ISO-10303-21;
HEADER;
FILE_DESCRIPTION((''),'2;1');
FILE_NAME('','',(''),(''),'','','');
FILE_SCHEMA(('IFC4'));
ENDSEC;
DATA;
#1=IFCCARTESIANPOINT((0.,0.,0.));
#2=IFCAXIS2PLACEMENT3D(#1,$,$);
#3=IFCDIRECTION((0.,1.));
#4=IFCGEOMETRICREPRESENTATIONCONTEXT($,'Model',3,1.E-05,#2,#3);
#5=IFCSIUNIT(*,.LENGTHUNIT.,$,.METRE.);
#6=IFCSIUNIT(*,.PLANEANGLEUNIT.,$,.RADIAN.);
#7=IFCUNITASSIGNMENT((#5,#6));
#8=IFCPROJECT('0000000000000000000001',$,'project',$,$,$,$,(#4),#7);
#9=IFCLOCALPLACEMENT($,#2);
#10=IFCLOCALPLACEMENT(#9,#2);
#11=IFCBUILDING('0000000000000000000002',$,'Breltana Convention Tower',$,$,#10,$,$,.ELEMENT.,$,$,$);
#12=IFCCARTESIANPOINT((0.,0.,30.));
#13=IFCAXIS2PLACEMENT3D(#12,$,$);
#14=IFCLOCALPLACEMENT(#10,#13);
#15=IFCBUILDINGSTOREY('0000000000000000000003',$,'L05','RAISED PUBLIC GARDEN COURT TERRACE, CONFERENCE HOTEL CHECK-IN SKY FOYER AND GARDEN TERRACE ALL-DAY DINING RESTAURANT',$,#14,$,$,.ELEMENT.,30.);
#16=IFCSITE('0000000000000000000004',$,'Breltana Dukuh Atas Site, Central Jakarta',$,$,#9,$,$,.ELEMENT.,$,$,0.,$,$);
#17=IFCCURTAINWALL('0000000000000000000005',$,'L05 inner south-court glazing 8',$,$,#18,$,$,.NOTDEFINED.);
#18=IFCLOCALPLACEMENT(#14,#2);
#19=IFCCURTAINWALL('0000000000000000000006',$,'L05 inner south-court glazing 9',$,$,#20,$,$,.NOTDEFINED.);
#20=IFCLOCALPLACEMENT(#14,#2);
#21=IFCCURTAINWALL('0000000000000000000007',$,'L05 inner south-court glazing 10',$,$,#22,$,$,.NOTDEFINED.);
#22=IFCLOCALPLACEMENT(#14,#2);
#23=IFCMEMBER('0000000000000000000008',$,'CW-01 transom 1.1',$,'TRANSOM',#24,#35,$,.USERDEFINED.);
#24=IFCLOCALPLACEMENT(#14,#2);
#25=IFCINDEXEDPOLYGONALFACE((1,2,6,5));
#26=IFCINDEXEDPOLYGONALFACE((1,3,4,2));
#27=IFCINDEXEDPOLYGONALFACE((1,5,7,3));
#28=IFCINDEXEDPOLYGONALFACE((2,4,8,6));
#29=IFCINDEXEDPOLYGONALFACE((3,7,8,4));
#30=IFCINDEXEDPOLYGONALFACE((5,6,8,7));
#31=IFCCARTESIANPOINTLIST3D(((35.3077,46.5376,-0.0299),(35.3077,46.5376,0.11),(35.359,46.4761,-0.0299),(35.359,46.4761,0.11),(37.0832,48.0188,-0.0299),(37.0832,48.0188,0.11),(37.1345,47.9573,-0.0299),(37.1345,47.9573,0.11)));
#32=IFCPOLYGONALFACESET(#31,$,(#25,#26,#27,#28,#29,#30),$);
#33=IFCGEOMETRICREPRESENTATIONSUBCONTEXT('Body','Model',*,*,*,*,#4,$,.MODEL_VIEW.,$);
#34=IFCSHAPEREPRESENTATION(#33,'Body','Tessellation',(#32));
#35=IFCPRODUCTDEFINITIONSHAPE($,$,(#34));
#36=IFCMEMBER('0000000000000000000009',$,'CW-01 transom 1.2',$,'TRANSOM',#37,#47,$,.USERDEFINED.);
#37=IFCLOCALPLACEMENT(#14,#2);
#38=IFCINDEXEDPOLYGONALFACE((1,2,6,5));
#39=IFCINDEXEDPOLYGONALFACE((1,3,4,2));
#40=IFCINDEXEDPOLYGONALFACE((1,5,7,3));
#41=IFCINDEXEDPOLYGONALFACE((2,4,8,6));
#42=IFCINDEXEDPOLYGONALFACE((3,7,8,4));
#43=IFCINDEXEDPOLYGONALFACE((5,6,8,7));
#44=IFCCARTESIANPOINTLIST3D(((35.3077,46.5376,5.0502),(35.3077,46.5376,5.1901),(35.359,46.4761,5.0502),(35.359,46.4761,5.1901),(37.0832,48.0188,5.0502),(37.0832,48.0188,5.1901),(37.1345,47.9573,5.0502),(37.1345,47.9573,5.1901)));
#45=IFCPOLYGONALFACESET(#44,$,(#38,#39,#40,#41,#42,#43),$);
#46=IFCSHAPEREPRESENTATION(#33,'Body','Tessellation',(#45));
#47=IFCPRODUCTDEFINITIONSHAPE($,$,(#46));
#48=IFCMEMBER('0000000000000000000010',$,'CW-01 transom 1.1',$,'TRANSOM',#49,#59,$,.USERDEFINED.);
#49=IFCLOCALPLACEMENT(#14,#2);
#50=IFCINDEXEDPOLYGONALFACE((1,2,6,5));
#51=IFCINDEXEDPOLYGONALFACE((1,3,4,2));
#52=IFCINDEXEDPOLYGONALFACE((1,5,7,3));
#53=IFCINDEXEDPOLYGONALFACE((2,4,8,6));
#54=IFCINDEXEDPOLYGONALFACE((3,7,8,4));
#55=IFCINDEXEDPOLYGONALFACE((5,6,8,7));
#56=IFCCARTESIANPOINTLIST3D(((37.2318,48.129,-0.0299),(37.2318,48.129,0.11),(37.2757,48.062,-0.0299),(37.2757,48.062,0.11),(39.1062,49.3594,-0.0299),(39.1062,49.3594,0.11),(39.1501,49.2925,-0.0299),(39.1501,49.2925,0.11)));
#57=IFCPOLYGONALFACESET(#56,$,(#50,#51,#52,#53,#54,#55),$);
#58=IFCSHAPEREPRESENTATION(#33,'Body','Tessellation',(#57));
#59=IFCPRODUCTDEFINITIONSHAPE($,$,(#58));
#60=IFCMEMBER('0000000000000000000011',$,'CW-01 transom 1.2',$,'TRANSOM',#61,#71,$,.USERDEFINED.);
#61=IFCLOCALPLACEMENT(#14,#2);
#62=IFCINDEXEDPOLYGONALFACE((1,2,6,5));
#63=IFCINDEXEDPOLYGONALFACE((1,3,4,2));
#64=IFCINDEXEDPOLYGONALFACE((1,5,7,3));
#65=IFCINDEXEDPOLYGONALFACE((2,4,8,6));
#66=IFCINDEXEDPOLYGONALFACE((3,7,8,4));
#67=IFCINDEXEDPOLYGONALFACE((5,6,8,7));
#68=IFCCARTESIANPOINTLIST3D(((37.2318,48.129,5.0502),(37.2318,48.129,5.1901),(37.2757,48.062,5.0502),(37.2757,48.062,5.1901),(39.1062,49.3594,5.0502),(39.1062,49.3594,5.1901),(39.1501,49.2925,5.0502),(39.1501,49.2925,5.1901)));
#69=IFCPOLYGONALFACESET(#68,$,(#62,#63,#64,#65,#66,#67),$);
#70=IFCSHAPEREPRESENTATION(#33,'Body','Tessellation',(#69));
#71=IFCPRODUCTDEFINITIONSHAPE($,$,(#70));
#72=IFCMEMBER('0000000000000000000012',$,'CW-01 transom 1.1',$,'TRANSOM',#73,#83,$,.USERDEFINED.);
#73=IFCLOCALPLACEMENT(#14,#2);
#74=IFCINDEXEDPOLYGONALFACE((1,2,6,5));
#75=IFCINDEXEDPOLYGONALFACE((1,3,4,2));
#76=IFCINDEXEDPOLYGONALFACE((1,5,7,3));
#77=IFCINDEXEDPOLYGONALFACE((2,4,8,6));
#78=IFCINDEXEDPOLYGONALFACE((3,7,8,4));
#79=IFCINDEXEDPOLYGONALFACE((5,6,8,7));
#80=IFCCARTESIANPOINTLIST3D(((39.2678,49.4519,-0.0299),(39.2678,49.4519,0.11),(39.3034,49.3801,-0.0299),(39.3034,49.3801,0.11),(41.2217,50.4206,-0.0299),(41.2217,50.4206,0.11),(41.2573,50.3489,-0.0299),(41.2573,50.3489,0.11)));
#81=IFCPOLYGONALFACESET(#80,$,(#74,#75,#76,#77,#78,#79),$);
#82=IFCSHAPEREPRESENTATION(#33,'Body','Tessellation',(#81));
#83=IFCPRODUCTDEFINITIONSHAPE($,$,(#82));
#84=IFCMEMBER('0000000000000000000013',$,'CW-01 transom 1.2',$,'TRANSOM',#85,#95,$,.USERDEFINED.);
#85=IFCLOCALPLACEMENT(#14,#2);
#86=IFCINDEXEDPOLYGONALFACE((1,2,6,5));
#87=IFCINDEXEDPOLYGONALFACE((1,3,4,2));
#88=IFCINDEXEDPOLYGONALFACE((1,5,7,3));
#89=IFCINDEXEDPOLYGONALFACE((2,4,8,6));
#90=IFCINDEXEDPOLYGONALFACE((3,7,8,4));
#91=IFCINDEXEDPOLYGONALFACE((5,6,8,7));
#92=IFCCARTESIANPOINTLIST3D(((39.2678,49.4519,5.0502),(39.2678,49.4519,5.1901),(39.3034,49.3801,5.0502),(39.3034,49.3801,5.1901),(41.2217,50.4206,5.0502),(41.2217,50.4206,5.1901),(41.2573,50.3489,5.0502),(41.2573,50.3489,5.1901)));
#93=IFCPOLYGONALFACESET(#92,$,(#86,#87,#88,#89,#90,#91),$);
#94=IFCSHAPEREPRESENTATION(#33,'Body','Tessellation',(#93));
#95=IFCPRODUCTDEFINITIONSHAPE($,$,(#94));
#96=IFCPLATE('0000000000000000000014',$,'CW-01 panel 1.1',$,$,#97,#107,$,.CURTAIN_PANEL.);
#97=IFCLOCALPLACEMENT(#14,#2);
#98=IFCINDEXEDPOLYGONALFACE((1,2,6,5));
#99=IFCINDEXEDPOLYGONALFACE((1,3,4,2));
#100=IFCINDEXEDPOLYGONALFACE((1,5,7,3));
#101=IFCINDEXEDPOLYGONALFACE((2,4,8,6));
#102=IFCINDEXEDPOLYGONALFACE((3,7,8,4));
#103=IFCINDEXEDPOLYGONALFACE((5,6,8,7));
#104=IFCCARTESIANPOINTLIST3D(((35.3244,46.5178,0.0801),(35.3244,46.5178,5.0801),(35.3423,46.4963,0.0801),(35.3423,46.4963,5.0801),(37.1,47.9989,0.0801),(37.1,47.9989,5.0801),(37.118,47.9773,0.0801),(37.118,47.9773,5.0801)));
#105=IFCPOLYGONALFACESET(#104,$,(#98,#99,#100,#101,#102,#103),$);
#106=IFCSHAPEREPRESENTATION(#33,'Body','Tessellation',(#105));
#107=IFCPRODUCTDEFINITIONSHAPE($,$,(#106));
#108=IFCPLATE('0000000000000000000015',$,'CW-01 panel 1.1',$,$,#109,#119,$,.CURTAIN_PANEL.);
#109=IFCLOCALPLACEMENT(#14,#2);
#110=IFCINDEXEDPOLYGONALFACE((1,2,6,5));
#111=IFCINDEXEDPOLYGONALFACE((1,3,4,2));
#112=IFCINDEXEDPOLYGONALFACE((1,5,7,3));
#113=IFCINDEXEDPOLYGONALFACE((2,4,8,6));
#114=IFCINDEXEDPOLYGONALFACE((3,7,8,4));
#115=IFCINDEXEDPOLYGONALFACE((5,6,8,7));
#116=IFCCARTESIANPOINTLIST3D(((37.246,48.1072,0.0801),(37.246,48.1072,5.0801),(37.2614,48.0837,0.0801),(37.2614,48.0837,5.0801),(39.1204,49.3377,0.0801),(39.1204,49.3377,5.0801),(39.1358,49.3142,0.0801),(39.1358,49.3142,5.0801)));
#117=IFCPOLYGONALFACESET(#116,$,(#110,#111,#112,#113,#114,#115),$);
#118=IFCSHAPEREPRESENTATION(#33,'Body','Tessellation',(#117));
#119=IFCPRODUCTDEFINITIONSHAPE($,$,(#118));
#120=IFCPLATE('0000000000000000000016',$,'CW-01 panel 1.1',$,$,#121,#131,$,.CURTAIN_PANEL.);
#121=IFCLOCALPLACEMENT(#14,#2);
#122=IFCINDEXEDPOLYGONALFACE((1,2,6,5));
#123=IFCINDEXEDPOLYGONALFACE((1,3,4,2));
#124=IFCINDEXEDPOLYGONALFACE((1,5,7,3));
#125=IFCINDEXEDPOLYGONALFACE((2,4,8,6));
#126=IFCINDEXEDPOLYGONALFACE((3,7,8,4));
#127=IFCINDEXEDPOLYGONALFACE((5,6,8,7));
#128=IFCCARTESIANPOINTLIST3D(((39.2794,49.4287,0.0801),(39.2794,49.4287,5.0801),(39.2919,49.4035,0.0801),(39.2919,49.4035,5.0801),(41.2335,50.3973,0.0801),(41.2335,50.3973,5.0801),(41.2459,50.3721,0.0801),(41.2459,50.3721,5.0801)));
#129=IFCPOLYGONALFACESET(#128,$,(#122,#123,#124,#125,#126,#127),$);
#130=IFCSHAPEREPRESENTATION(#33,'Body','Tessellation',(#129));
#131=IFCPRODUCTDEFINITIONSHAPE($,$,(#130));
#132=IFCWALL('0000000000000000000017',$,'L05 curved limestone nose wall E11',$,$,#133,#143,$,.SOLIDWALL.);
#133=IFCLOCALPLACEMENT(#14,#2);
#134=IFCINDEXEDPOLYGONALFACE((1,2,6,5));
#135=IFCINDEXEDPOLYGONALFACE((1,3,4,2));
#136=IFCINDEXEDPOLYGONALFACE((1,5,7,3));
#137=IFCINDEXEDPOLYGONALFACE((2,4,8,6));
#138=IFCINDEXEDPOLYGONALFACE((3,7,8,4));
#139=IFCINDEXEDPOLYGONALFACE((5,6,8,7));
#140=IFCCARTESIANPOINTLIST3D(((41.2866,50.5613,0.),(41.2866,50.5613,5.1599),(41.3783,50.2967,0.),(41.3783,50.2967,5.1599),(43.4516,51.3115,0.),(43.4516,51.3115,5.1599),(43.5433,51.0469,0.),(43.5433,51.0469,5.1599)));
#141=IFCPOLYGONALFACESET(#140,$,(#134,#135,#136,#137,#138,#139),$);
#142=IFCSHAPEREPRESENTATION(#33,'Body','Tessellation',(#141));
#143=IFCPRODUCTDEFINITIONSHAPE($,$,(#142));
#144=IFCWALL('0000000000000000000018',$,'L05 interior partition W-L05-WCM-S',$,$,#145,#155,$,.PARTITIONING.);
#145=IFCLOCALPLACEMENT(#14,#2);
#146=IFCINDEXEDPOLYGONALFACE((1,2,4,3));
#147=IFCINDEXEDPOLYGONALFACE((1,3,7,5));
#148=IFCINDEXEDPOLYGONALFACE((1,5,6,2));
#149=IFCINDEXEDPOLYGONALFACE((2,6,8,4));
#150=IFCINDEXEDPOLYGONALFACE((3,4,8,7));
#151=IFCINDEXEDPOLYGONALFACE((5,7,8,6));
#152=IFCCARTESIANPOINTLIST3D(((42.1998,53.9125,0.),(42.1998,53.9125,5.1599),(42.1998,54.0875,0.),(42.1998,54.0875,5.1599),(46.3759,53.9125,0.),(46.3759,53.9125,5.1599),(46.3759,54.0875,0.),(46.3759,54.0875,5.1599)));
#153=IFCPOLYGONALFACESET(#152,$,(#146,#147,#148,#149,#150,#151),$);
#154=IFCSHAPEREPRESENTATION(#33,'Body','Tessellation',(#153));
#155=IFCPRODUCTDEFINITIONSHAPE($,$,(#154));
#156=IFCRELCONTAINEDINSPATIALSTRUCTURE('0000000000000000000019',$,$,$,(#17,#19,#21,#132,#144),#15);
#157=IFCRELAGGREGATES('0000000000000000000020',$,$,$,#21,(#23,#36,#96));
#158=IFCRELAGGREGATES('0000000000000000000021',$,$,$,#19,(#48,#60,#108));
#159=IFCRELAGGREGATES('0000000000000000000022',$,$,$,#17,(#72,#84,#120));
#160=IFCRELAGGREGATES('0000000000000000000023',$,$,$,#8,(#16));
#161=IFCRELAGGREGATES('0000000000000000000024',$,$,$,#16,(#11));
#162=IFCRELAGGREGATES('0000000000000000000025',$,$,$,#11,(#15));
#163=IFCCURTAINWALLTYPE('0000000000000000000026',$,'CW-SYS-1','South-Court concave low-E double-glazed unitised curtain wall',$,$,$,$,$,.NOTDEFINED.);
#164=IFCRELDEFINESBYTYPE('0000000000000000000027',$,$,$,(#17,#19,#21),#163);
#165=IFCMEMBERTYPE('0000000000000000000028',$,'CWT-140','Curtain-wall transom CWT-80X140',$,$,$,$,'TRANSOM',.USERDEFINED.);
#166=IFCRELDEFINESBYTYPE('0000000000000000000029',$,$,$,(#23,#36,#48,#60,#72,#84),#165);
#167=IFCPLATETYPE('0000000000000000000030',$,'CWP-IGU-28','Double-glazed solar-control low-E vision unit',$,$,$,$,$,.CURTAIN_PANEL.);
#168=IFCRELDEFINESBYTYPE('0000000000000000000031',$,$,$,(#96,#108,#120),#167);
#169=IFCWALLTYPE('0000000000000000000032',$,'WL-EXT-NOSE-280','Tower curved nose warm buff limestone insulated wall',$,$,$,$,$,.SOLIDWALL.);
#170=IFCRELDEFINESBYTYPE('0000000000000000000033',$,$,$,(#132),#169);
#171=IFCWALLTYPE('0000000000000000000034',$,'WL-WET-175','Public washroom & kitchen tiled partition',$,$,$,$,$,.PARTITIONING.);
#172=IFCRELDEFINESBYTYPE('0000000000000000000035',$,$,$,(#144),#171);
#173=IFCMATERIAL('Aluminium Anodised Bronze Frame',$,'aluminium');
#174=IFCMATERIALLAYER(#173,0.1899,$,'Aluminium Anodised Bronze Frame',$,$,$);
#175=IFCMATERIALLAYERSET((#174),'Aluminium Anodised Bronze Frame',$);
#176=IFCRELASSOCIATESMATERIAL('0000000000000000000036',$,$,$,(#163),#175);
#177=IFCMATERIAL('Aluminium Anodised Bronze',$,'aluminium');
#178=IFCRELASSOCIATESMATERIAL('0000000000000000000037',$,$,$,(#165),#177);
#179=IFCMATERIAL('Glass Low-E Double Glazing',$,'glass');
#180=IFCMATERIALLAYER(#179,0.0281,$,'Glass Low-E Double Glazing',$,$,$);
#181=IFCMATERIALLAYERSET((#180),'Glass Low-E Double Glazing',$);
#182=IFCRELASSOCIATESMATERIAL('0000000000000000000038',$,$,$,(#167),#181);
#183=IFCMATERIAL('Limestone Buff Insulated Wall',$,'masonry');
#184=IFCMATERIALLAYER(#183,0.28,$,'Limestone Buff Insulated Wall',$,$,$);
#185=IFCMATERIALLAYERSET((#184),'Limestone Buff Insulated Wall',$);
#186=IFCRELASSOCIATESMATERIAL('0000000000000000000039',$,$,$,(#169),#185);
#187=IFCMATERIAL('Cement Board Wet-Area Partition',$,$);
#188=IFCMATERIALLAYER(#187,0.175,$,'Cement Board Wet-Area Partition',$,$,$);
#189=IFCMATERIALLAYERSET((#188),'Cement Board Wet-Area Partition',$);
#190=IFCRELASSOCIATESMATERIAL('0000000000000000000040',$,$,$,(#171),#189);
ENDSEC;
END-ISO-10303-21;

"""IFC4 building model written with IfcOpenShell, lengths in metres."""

from ifc_helpers import new_model, si_unit, direction, frame, frame_2d, origin, origin_2d, place, context, subcontext, project, spatial, rectangle, extrude, source, transform, mapped, material, layer, layer_set, material_profile, profile_set, type_object, element, aggregate, save


model = new_model("IFC4")

# Units and contexts
model_context = context("Model", 3, precision=1e-05, world=origin(), true_north=direction((0.0, 1.0)))
body_context = subcontext(model_context, "Body", "Model", "MODEL_VIEW")
ifc_project = project(units=[si_unit("LENGTHUNIT", "METRE"), si_unit("PLANEANGLEUNIT", "RADIAN")], contexts=[model_context])

# Site, building, storey
site_placement = place(None, origin())
site = spatial("IfcSite", under=ifc_project, at=site_placement, Name="Breltana Dukuh Atas Site, Central Jakarta", CompositionType="ELEMENT", RefElevation=0.0)
building_placement = place(site_placement, origin())
building = spatial("IfcBuilding", under=site, at=building_placement, Name="Breltana Convention Tower", CompositionType="ELEMENT")
storey_placement = place(building_placement, frame((0.0, 0.0, 30.0)))
storey = spatial("IfcBuildingStorey", under=building, at=storey_placement, Name="L05", Description="RAISED PUBLIC GARDEN COURT TERRACE, CONFERENCE HOTEL CHECK-IN SKY FOYER AND GARDEN TERRACE ALL-DAY DINING RESTAURANT", CompositionType="ELEMENT", Elevation=30.0)

# Curtain walls
ifc_material_1 = material(Name="Aluminium Anodised Bronze Frame", Category="aluminium")
ifc_layer_1 = layer(ifc_material_1, 0.1899, Name="Aluminium Anodised Bronze Frame")
ifc_layer_set_1 = layer_set([ifc_layer_1], Name="Aluminium Anodised Bronze Frame")
curtain_wall_type = type_object("IfcCurtainWallType", Name="CW-SYS-1", Description="South-Court concave low-E double-glazed unitised curtain wall", PredefinedType="NOTDEFINED", material=ifc_layer_set_1)
curtain_wall_1_placement = place(storey_placement, origin())
curtain_wall_1 = element("IfcCurtainWall", 1, at=curtain_wall_1_placement, inside=storey, type_object=curtain_wall_type, Name="L05 inner south-court glazing 8", PredefinedType="NOTDEFINED")
ifc_material_2 = material(Name="Aluminium Anodised Bronze", Category="aluminium")
curtain_wall_2_placement = place(storey_placement, origin())
curtain_wall_2 = element("IfcCurtainWall", 2, at=curtain_wall_2_placement, inside=storey, type_object=curtain_wall_type, Name="L05 inner south-court glazing 9", PredefinedType="NOTDEFINED")
curtain_wall_3_placement = place(storey_placement, origin())
curtain_wall_3 = element("IfcCurtainWall", 3, at=curtain_wall_3_placement, inside=storey, type_object=curtain_wall_type, Name="L05 inner south-court glazing 10", PredefinedType="NOTDEFINED")
ifc_material_profile_1 = material_profile(ifc_material_2, rectangle(XDim=0.0801, YDim=0.1399, at=origin_2d()), Name="CWT-80X140")
ifc_profile_set_1 = profile_set([ifc_material_profile_1], Name="Aluminium Anodised Bronze")
member_type_1 = type_object("IfcMemberType", Name="CWT-140", Description="Curtain-wall transom CWT-80X140", ElementType="TRANSOM", PredefinedType="USERDEFINED", material=ifc_profile_set_1)

# Members
shared_shape_1 = source(origin(), body_context, "Body", "SweptSolid", [
    extrude(rectangle(XDim=0.0801, YDim=0.1399, at=origin_2d()), origin(), (0.0, 0.0, 1.0), 2.3123),
])
member_1_placement = place(storey_placement, frame((37.1089, 47.988, 0.04), z_axis=(-0.767901, -0.640569, 0.0), x_axis=(0.640569, -0.767901, 0.0)))
member_1 = element("IfcMember", 4, at=member_1_placement, type_object=member_type_1, Name="CW-01 transom 1.1", ObjectType="TRANSOM", PredefinedType="USERDEFINED", context=body_context, shape_type="MappedRepresentation", body=[
    mapped(shared_shape_1, transform((0.0, 0.0, 0.0), scale=1.0)),
])
member_2_placement = place(storey_placement, frame((37.1089, 47.988, 5.1201), z_axis=(-0.767901, -0.640569, 0.0), x_axis=(0.640569, -0.767901, 0.0)))
member_2 = element("IfcMember", 5, at=member_2_placement, type_object=member_type_1, Name="CW-01 transom 1.2", ObjectType="TRANSOM", PredefinedType="USERDEFINED", context=body_context, shape_type="MappedRepresentation", body=[
    mapped(shared_shape_1, transform((0.0, 0.0, 0.0), scale=1.0)),
])
shared_shape_2 = source(origin(), body_context, "Body", "SweptSolid", [
    extrude(rectangle(XDim=0.0801, YDim=0.1399, at=origin_2d()), origin(), (0.0, 0.0, 1.0), 2.2422),
])
member_3_placement = place(storey_placement, frame((39.1282, 49.3259, 0.04), z_axis=(-0.835982, -0.548756, 0.0), x_axis=(0.548756, -0.835982, 0.0)))
member_3 = element("IfcMember", 6, at=member_3_placement, type_object=member_type_1, Name="CW-01 transom 1.1", ObjectType="TRANSOM", PredefinedType="USERDEFINED", context=body_context, shape_type="MappedRepresentation", body=[
    mapped(shared_shape_2, transform((0.0, 0.0, 0.0), scale=1.0)),
])
member_4_placement = place(storey_placement, frame((39.1282, 49.3259, 5.1201), z_axis=(-0.835982, -0.548756, 0.0), x_axis=(0.548756, -0.835982, 0.0)))
member_4 = element("IfcMember", 7, at=member_4_placement, type_object=member_type_1, Name="CW-01 transom 1.2", ObjectType="TRANSOM", PredefinedType="USERDEFINED", context=body_context, shape_type="MappedRepresentation", body=[
    mapped(shared_shape_2, transform((0.0, 0.0, 0.0), scale=1.0)),
])
shared_shape_3 = source(origin(), body_context, "Body", "SweptSolid", [
    extrude(rectangle(XDim=0.0801, YDim=0.1399, at=origin_2d()), origin(), (0.0, 0.0, 1.0), 2.1809),
])
member_5_placement = place(storey_placement, frame((41.2395, 50.3848, 0.04), z_axis=(-0.895922, -0.444211, 0.0), x_axis=(0.444211, -0.895922, 0.0)))
member_5 = element("IfcMember", 8, at=member_5_placement, type_object=member_type_1, Name="CW-01 transom 1.1", ObjectType="TRANSOM", PredefinedType="USERDEFINED", context=body_context, shape_type="MappedRepresentation", body=[
    mapped(shared_shape_3, transform((0.0, 0.0, 0.0), scale=1.0)),
])
member_6_placement = place(storey_placement, frame((41.2395, 50.3848, 5.1201), z_axis=(-0.895922, -0.444211, 0.0), x_axis=(0.444211, -0.895922, 0.0)))
member_6 = element("IfcMember", 9, at=member_6_placement, type_object=member_type_1, Name="CW-01 transom 1.2", ObjectType="TRANSOM", PredefinedType="USERDEFINED", context=body_context, shape_type="MappedRepresentation", body=[
    mapped(shared_shape_3, transform((0.0, 0.0, 0.0), scale=1.0)),
])

# Plates
ifc_material_3 = material(Name="Glass Low-E Double Glazing", Category="glass")
ifc_layer_2 = layer(ifc_material_3, 0.0281, Name="Glass Low-E Double Glazing")
ifc_layer_set_2 = layer_set([ifc_layer_2], Name="Glass Low-E Double Glazing")
plate_type = type_object("IfcPlateType", Name="CWP-IGU-28", Description="Double-glazed solar-control low-E vision unit", PredefinedType="CURTAIN_PANEL", material=ifc_layer_set_2)
shared_shape_4 = source(origin(), body_context, "Body", "SweptSolid", [
    extrude(rectangle(XDim=2.3123, YDim=0.0281, at=origin_2d()), origin(), (0.0, 0.0, 1.0), 5.0),
])
plate_1_placement = place(storey_placement, frame((36.2212, 47.2476, 0.0801), z_axis=(0.0, 0.0, 1.0), x_axis=(-0.767939, -0.640523, 0.0)))
plate_1 = element("IfcPlate", 10, at=plate_1_placement, type_object=plate_type, Name="CW-01 panel 1.1", PredefinedType="CURTAIN_PANEL", context=body_context, shape_type="MappedRepresentation", body=[
    mapped(shared_shape_4, transform((0.0, 0.0, 0.0), scale=1.0)),
])
aggregate(curtain_wall_3, [member_1, member_2, plate_1])
shared_shape_5 = source(origin(), body_context, "Body", "SweptSolid", [
    extrude(rectangle(XDim=2.2422, YDim=0.0281, at=origin_2d()), origin(), (0.0, 0.0, 1.0), 5.0),
])
plate_2_placement = place(storey_placement, frame((38.1909, 48.7107, 0.0801), z_axis=(0.0, 0.0, 1.0), x_axis=(-0.835968, -0.548778, 0.0)))
plate_2 = element("IfcPlate", 11, at=plate_2_placement, type_object=plate_type, Name="CW-01 panel 1.1", PredefinedType="CURTAIN_PANEL", context=body_context, shape_type="MappedRepresentation", body=[
    mapped(shared_shape_5, transform((0.0, 0.0, 0.0), scale=1.0)),
])
aggregate(curtain_wall_2, [member_3, member_4, plate_2])
shared_shape_6 = source(origin(), body_context, "Body", "SweptSolid", [
    extrude(rectangle(XDim=2.1809, YDim=0.0281, at=origin_2d()), origin(), (0.0, 0.0, 1.0), 5.0),
])
plate_3_placement = place(storey_placement, frame((40.2627, 49.9004, 0.0801), z_axis=(0.0, 0.0, 1.0), x_axis=(-0.895968, -0.444118, 0.0)))
plate_3 = element("IfcPlate", 12, at=plate_3_placement, type_object=plate_type, Name="CW-01 panel 1.1", PredefinedType="CURTAIN_PANEL", context=body_context, shape_type="MappedRepresentation", body=[
    mapped(shared_shape_6, transform((0.0, 0.0, 0.0), scale=1.0)),
])
aggregate(curtain_wall_1, [member_5, member_6, plate_3])

# Walls
ifc_material_4 = material(Name="Limestone Buff Insulated Wall", Category="masonry")
ifc_layer_3 = layer(ifc_material_4, 0.28, Name="Limestone Buff Insulated Wall")
ifc_layer_set_3 = layer_set([ifc_layer_3], Name="Limestone Buff Insulated Wall")
wall_type_1 = type_object("IfcWallType", Name="WL-EXT-NOSE-280", Description="Tower curved nose warm buff limestone insulated wall", PredefinedType="SOLIDWALL", material=ifc_layer_set_3)
shared_shape_7 = source(origin(), body_context, "Body", "SweptSolid", [
    extrude(rectangle(XDim=2.2913, YDim=0.28, at=frame_2d((1.1455, 0.0))), origin(), (0.0, 0.0, 1.0), 5.1599),
])
wall_1_placement = place(storey_placement, frame((43.4973, 51.1792, 0.0), z_axis=(0.0, 0.0, 1.0), x_axis=(-0.944877, -0.327425, 0.0)))
element("IfcWall", 13, at=wall_1_placement, inside=storey, type_object=wall_type_1, Name="L05 curved limestone nose wall E11", PredefinedType="SOLIDWALL", context=body_context, shape_type="MappedRepresentation", body=[
    mapped(shared_shape_7, transform((0.0, 0.0, 0.0), scale=1.0)),
])
ifc_material_5 = material(Name="Cement Board Wet-Area Partition")
ifc_layer_4 = layer(ifc_material_5, 0.175, Name="Cement Board Wet-Area Partition")
ifc_layer_set_4 = layer_set([ifc_layer_4], Name="Cement Board Wet-Area Partition")
wall_type_2 = type_object("IfcWallType", Name="WL-WET-175", Description="Public washroom & kitchen tiled partition", PredefinedType="PARTITIONING", material=ifc_layer_set_4)
shared_shape_8 = source(origin(), body_context, "Body", "SweptSolid", [
    extrude(rectangle(XDim=4.176, YDim=0.175, at=frame_2d((2.0879, 0.0))), origin(), (0.0, 0.0, 1.0), 5.1599),
])
wall_2_placement = place(storey_placement, frame((42.2, 54.0, 0.0), z_axis=(0.0, 0.0, 1.0), x_axis=(1.0, 0.0, 0.0)))
element("IfcWall", 14, at=wall_2_placement, inside=storey, type_object=wall_type_2, Name="L05 interior partition W-L05-WCM-S", PredefinedType="PARTITIONING", context=body_context, shape_type="MappedRepresentation", body=[
    mapped(shared_shape_8, transform((0.0, 0.0, 0.0), scale=1.0)),
])

save(model, "model.ifc")
